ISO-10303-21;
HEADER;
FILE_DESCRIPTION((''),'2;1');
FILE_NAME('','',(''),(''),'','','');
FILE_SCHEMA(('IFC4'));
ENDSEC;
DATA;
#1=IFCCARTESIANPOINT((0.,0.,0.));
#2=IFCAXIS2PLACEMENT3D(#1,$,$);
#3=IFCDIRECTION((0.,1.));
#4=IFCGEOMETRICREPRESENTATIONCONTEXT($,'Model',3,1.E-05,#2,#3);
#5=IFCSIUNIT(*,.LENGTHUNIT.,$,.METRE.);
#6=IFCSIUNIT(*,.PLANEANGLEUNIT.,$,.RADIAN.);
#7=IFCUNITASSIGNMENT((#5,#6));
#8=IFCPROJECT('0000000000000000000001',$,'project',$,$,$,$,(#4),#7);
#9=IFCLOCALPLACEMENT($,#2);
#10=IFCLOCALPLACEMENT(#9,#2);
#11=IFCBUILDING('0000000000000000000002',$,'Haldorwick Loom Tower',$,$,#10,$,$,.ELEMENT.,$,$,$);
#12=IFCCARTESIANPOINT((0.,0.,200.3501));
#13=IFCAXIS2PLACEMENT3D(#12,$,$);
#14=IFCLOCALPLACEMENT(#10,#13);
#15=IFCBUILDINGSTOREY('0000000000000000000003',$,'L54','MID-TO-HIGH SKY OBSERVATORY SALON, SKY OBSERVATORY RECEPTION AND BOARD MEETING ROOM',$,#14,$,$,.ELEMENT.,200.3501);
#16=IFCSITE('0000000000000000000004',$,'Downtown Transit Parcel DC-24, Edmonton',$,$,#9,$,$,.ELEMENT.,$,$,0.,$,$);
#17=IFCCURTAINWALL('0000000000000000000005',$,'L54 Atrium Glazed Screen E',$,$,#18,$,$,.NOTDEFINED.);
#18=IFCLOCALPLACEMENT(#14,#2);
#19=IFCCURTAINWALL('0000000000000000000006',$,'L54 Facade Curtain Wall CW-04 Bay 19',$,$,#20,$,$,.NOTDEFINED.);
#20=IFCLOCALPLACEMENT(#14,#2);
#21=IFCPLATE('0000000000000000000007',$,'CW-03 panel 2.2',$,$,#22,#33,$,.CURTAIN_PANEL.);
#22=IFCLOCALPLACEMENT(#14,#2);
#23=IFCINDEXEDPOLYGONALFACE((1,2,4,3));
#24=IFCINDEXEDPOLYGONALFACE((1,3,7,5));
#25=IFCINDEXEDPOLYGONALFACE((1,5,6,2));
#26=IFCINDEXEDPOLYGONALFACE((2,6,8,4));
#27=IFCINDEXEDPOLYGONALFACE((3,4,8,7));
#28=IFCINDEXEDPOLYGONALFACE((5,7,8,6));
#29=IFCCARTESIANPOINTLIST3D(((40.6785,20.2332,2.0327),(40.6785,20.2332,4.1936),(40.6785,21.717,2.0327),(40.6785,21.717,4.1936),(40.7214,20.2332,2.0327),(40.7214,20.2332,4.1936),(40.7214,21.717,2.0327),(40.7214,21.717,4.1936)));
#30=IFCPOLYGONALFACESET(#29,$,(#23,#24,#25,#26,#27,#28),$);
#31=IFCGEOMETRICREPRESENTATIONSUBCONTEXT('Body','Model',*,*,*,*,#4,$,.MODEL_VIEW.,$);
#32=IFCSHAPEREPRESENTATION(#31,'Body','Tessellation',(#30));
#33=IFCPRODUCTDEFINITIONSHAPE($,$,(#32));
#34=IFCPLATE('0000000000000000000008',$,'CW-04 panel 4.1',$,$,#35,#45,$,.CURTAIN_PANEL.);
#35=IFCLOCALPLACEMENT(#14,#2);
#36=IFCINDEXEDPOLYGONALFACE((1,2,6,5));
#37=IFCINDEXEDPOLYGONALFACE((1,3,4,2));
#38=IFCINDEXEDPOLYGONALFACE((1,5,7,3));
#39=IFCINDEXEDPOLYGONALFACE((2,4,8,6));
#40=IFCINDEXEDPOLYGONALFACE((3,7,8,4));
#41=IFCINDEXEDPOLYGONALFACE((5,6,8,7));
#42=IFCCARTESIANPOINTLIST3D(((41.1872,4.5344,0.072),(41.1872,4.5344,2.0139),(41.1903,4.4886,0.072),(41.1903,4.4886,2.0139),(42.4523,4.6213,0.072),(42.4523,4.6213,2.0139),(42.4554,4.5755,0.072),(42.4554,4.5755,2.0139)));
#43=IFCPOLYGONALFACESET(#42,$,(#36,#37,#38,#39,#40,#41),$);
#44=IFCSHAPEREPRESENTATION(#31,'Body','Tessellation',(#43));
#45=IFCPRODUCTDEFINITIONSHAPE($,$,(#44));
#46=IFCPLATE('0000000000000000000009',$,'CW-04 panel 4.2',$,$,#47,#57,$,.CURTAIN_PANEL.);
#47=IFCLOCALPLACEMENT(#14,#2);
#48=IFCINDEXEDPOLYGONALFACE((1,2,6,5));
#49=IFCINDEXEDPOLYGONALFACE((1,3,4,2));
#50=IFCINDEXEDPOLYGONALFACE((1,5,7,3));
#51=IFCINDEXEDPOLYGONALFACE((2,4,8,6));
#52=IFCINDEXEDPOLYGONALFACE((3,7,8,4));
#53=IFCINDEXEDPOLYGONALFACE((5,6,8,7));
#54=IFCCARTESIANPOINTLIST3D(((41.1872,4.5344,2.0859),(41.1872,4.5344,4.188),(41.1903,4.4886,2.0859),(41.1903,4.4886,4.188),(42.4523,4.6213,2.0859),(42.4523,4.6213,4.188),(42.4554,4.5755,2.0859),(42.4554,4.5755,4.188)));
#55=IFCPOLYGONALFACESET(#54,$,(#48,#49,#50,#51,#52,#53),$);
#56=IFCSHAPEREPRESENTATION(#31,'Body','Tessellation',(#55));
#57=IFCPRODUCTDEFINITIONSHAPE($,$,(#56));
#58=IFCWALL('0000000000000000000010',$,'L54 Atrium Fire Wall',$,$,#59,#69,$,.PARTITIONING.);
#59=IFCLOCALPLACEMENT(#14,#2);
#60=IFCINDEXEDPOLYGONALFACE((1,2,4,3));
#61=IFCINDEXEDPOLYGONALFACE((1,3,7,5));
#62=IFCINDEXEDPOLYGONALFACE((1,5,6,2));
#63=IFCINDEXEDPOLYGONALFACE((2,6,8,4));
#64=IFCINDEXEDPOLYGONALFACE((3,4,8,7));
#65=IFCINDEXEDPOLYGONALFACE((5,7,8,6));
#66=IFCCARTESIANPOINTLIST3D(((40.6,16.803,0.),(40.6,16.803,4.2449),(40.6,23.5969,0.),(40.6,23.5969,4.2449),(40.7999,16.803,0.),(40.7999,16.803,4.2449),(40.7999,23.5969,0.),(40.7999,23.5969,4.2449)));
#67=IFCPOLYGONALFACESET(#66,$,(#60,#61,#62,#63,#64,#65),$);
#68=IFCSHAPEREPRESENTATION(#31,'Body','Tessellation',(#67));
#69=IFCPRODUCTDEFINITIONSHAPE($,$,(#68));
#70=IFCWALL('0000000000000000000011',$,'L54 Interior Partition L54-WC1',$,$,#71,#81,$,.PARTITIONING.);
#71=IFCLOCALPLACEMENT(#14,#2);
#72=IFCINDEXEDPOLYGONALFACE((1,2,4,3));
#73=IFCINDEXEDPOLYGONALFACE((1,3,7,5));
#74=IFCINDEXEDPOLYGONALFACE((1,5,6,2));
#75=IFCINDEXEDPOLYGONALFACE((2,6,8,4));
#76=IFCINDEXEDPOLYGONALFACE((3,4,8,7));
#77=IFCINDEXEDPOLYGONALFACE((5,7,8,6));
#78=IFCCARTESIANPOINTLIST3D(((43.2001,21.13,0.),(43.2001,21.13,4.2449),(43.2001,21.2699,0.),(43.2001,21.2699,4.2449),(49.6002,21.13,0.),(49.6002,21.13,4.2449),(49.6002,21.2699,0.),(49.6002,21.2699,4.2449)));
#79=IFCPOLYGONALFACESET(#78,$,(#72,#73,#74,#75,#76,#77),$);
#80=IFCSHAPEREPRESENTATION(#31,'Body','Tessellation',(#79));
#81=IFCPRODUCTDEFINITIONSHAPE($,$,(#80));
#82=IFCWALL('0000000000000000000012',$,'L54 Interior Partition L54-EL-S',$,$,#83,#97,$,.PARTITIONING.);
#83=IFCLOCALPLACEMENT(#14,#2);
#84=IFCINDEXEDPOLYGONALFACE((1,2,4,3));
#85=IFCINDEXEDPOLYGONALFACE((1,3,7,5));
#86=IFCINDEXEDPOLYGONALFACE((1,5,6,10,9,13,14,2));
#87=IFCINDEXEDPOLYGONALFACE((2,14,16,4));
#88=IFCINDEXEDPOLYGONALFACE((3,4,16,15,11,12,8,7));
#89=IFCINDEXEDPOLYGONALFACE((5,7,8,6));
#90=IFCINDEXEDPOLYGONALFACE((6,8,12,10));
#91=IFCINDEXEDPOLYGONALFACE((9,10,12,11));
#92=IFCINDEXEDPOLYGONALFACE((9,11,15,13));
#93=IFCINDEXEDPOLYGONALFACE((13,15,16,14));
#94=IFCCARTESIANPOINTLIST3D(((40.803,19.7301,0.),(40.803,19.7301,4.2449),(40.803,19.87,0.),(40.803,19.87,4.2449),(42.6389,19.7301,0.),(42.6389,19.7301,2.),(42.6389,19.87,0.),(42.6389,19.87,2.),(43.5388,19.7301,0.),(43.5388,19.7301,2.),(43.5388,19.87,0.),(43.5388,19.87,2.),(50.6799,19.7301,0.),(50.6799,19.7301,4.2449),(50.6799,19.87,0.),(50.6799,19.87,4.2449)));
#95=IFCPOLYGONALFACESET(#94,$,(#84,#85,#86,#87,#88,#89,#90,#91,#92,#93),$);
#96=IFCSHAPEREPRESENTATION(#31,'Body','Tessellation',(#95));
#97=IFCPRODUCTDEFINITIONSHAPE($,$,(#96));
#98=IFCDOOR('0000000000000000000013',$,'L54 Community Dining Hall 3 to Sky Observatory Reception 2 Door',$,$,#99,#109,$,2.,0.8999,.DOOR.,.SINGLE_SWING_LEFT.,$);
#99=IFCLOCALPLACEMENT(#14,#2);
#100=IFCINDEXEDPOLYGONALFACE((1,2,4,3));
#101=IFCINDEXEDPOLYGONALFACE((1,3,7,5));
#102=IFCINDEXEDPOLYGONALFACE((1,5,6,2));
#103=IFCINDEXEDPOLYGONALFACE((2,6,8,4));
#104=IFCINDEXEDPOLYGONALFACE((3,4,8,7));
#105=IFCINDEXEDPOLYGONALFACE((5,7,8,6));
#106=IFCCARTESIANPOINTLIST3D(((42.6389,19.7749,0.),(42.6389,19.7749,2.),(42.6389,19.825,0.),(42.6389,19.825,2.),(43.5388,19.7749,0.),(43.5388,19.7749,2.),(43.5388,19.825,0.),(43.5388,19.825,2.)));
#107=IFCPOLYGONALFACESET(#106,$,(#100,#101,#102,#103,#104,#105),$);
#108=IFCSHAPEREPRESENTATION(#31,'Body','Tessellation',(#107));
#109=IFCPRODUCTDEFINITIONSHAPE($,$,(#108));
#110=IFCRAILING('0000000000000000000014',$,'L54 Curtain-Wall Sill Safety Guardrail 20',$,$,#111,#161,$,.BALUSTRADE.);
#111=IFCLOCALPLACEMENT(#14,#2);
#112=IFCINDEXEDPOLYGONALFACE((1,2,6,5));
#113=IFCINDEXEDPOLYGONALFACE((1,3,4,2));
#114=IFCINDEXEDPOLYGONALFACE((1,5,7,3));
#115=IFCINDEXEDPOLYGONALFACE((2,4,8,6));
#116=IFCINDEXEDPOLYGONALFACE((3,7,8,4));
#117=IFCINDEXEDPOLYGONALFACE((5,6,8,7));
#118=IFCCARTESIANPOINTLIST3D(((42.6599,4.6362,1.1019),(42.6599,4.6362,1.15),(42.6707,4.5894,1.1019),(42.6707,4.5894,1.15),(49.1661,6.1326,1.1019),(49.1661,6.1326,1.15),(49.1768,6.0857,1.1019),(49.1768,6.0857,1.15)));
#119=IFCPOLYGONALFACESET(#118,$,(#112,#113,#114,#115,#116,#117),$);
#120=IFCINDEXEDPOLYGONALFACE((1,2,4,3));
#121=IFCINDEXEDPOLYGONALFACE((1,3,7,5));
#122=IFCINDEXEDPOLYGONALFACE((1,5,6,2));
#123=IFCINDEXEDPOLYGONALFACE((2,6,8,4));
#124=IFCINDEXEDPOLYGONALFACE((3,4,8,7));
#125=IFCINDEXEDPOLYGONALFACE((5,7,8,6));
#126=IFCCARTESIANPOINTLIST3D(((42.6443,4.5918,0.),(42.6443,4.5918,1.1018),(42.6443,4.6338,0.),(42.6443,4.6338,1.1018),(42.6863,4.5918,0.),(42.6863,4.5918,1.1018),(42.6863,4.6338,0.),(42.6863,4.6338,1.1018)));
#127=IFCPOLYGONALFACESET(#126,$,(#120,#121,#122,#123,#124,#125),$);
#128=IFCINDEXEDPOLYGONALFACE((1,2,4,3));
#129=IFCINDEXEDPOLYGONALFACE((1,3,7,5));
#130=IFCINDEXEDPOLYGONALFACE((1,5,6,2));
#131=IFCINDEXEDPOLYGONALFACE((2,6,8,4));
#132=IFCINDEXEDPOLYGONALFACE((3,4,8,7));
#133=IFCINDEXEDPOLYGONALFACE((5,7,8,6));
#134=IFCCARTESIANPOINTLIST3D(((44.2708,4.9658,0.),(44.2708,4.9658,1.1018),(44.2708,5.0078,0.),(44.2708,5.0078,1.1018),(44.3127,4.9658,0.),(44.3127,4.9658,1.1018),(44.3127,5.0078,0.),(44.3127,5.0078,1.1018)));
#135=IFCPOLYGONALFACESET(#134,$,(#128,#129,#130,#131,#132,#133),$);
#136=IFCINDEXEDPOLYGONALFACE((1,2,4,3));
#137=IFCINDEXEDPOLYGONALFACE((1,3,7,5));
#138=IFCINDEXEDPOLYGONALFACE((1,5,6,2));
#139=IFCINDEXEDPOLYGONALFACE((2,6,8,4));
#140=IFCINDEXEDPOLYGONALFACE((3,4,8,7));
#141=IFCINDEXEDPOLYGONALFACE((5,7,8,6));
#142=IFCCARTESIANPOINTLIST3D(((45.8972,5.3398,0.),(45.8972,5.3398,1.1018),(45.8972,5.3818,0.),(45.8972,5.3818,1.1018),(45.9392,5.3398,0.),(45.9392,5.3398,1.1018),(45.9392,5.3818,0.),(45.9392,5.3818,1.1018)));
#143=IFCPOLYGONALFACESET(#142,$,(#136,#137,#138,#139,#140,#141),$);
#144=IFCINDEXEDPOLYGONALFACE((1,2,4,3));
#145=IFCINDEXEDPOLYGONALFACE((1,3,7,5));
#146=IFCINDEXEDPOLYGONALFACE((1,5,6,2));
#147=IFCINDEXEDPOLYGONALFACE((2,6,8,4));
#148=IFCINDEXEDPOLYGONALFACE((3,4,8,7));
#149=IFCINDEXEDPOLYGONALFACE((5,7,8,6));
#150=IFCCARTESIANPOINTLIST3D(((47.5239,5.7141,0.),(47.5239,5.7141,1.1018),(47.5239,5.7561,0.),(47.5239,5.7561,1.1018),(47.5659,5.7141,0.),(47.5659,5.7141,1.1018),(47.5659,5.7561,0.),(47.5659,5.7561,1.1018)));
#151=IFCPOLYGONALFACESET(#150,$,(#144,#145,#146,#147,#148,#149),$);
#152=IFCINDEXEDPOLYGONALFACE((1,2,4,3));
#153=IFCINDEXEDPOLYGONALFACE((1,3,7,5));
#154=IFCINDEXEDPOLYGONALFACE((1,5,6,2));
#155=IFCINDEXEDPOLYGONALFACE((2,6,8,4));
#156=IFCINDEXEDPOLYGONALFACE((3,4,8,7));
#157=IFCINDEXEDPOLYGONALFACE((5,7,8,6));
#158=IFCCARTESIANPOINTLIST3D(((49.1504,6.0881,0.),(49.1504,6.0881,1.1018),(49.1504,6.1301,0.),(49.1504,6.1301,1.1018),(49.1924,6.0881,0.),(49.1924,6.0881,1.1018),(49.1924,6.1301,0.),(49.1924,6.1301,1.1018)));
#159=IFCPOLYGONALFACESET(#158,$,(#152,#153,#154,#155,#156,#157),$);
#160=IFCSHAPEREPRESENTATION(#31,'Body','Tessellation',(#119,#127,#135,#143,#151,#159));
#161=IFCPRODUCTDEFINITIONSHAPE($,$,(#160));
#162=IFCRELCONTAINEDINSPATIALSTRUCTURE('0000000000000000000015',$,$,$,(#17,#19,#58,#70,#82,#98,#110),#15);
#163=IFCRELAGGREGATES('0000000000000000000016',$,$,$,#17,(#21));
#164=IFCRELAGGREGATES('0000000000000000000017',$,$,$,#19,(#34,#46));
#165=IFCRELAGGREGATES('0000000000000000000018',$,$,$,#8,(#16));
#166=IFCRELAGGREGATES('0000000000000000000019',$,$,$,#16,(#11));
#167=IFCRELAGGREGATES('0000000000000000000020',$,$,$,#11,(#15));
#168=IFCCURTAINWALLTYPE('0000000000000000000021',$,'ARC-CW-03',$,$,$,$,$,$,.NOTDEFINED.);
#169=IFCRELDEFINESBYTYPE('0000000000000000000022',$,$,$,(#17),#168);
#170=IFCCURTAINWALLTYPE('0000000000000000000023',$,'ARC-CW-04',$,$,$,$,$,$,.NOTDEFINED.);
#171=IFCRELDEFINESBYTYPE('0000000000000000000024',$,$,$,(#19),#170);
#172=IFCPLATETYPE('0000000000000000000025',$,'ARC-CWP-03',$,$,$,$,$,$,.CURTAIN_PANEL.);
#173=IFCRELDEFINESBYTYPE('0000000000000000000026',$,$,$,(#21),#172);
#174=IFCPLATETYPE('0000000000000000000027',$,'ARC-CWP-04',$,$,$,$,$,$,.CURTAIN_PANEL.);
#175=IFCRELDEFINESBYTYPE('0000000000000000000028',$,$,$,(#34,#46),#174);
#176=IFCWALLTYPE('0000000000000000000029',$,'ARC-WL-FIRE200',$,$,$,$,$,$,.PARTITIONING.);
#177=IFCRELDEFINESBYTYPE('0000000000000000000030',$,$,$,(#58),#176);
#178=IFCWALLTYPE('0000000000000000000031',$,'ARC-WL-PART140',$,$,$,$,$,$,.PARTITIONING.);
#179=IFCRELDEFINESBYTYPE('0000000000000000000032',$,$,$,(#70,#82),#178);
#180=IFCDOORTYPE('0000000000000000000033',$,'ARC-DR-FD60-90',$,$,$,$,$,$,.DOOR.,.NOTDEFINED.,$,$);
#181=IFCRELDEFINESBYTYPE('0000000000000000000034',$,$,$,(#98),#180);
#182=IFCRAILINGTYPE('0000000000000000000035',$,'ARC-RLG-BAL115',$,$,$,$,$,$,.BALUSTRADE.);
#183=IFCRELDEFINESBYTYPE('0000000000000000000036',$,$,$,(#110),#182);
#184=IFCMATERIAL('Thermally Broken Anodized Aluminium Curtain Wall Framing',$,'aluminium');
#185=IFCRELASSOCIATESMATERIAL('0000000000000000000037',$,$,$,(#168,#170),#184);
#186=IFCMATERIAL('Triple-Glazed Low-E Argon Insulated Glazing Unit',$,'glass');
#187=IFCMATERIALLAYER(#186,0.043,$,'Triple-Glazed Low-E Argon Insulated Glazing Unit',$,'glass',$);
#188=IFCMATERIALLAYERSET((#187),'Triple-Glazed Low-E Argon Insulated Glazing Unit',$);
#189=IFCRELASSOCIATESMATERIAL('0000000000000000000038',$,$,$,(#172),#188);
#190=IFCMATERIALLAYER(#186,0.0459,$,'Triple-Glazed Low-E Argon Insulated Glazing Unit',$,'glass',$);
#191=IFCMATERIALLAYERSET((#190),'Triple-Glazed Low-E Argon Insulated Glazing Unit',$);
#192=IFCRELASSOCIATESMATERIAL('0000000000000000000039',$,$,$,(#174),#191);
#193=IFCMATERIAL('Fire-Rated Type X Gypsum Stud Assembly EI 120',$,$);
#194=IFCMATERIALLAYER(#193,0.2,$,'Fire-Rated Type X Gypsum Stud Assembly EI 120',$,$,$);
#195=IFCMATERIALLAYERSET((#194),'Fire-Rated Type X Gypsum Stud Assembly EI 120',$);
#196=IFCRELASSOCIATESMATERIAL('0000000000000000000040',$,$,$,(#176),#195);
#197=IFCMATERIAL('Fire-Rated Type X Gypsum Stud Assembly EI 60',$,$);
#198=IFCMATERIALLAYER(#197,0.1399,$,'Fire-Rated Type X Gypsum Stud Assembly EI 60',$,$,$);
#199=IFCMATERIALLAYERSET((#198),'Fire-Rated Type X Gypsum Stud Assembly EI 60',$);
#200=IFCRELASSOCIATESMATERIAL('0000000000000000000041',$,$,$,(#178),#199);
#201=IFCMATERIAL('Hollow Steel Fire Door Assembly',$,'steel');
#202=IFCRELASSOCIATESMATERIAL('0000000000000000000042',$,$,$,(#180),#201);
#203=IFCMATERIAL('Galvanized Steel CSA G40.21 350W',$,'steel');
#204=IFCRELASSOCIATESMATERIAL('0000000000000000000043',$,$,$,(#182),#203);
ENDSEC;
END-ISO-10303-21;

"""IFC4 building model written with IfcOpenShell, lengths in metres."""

from ifc_helpers import new_model, si_unit, direction, frame, frame_2d, origin, origin_2d, place, context, subcontext, project, spatial, rectangle, extrude, material, layer, layer_set, type_object, element, fill, aggregate, save


model = new_model("IFC4")

# Units and contexts
model_context = context("Model", 3, precision=1e-05, world=origin(), true_north=direction((0.0, 1.0)))
body_context = subcontext(model_context, "Body", "Model", "MODEL_VIEW")
ifc_project = project(units=[si_unit("LENGTHUNIT", "METRE"), si_unit("PLANEANGLEUNIT", "RADIAN")], contexts=[model_context])

# Site, building, storey
site_placement = place(None, origin())
site = spatial("IfcSite", under=ifc_project, at=site_placement, Name="Downtown Transit Parcel DC-24, Edmonton", CompositionType="ELEMENT", RefElevation=0.0)
building_placement = place(site_placement, origin())
building = spatial("IfcBuilding", under=site, at=building_placement, Name="Haldorwick Loom Tower", CompositionType="ELEMENT")
storey_placement = place(building_placement, frame((0.0, 0.0, 200.3501)))
storey = spatial("IfcBuildingStorey", under=building, at=storey_placement, Name="L54", Description="MID-TO-HIGH SKY OBSERVATORY SALON, SKY OBSERVATORY RECEPTION AND BOARD MEETING ROOM", CompositionType="ELEMENT", Elevation=200.3501)

# Curtain walls
ifc_material_1 = material(Name="Thermally Broken Anodized Aluminium Curtain Wall Framing", Category="aluminium")
curtain_wall_type_1 = type_object("IfcCurtainWallType", Name="ARC-CW-03", PredefinedType="NOTDEFINED", material=ifc_material_1)
curtain_wall_1_placement = place(storey_placement, origin())
curtain_wall_1 = element("IfcCurtainWall", 1, at=curtain_wall_1_placement, inside=storey, type_object=curtain_wall_type_1, Name="L54 Atrium Glazed Screen E", PredefinedType="NOTDEFINED")
curtain_wall_type_2 = type_object("IfcCurtainWallType", Name="ARC-CW-04", PredefinedType="NOTDEFINED", material=ifc_material_1)
curtain_wall_2_placement = place(storey_placement, origin())
curtain_wall_2 = element("IfcCurtainWall", 2, at=curtain_wall_2_placement, inside=storey, type_object=curtain_wall_type_2, Name="L54 Facade Curtain Wall CW-04 Bay 19", PredefinedType="NOTDEFINED")

# Plates
ifc_material_2 = material(Name="Triple-Glazed Low-E Argon Insulated Glazing Unit", Category="glass")
ifc_layer_1 = layer(ifc_material_2, 0.043, Name="Triple-Glazed Low-E Argon Insulated Glazing Unit", Category="glass")
ifc_layer_set_1 = layer_set([ifc_layer_1], Name="Triple-Glazed Low-E Argon Insulated Glazing Unit")
plate_type_1 = type_object("IfcPlateType", Name="ARC-CWP-03", PredefinedType="CURTAIN_PANEL", material=ifc_layer_set_1)
plate_1_placement = place(storey_placement, frame((40.7, 20.9751, 2.0327), z_axis=(0.0, 0.0, 1.0), x_axis=(0.0, -1.0, 0.0)))
plate_1 = element("IfcPlate", 3, at=plate_1_placement, type_object=plate_type_1, Name="CW-03 panel 2.2", PredefinedType="CURTAIN_PANEL", context=body_context, shape_type="SweptSolid", body=[
    extrude(rectangle(XDim=1.4839, YDim=0.043, at=origin_2d()), origin(), (0.0, 0.0, 1.0), 2.1609),
])
aggregate(curtain_wall_1, [plate_1])
ifc_layer_2 = layer(ifc_material_2, 0.0459, Name="Triple-Glazed Low-E Argon Insulated Glazing Unit", Category="glass")
ifc_layer_set_2 = layer_set([ifc_layer_2], Name="Triple-Glazed Low-E Argon Insulated Glazing Unit")
plate_type_2 = type_object("IfcPlateType", Name="ARC-CWP-04", PredefinedType="CURTAIN_PANEL", material=ifc_layer_set_2)
plate_2_placement = place(storey_placement, frame((41.8213, 4.5549, 0.072), z_axis=(0.0, 0.0, 1.0), x_axis=(0.99765, 0.068513, 0.0)))
plate_2 = element("IfcPlate", 4, at=plate_2_placement, type_object=plate_type_2, Name="CW-04 panel 4.1", PredefinedType="CURTAIN_PANEL", context=body_context, shape_type="SweptSolid", body=[
    extrude(rectangle(XDim=1.2681, YDim=0.0459, at=origin_2d()), origin(), (0.0, 0.0, 1.0), 1.9419),
])
plate_3_placement = place(storey_placement, frame((41.8213, 4.5549, 2.0859), z_axis=(0.0, 0.0, 1.0), x_axis=(0.99765, 0.068513, 0.0)))
plate_3 = element("IfcPlate", 5, at=plate_3_placement, type_object=plate_type_2, Name="CW-04 panel 4.2", PredefinedType="CURTAIN_PANEL", context=body_context, shape_type="SweptSolid", body=[
    extrude(rectangle(XDim=1.2681, YDim=0.0459, at=origin_2d()), origin(), (0.0, 0.0, 1.0), 2.1021),
])
aggregate(curtain_wall_2, [plate_2, plate_3])

# Walls
ifc_material_3 = material(Name="Fire-Rated Type X Gypsum Stud Assembly EI 120")
ifc_layer_3 = layer(ifc_material_3, 0.2, Name="Fire-Rated Type X Gypsum Stud Assembly EI 120")
ifc_layer_set_3 = layer_set([ifc_layer_3], Name="Fire-Rated Type X Gypsum Stud Assembly EI 120")
wall_type_1 = type_object("IfcWallType", Name="ARC-WL-FIRE200", PredefinedType="PARTITIONING", material=ifc_layer_set_3)
wall_1_placement = place(storey_placement, frame((40.7, 23.5969, 0.0), z_axis=(0.0, 0.0, 1.0), x_axis=(0.0, -1.0, 0.0)))
element("IfcWall", 6, at=wall_1_placement, inside=storey, type_object=wall_type_1, Name="L54 Atrium Fire Wall", PredefinedType="PARTITIONING", context=body_context, shape_type="SweptSolid", body=[
    extrude(rectangle(XDim=6.7939, YDim=0.2, at=frame_2d((3.397, 0.0))), origin(), (0.0, 0.0, 1.0), 4.2449),
])
ifc_material_4 = material(Name="Fire-Rated Type X Gypsum Stud Assembly EI 60")
ifc_layer_4 = layer(ifc_material_4, 0.1399, Name="Fire-Rated Type X Gypsum Stud Assembly EI 60")
ifc_layer_set_4 = layer_set([ifc_layer_4], Name="Fire-Rated Type X Gypsum Stud Assembly EI 60")
wall_type_2 = type_object("IfcWallType", Name="ARC-WL-PART140", PredefinedType="PARTITIONING", material=ifc_layer_set_4)
wall_2_placement = place(storey_placement, frame((43.2, 21.2, 0.0), z_axis=(0.0, 0.0, 1.0), x_axis=(1.0, 0.0, 0.0)))
element("IfcWall", 7, at=wall_2_placement, inside=storey, type_object=wall_type_2, Name="L54 Interior Partition L54-WC1", PredefinedType="PARTITIONING", context=body_context, shape_type="SweptSolid", body=[
    extrude(rectangle(XDim=6.4001, YDim=0.1399, at=frame_2d((3.2002, 0.0))), origin(), (0.0, 0.0, 1.0), 4.2449),
])

# Wall, opening, door
wall_3_placement = place(storey_placement, frame((40.803, 19.8, 0.0), z_axis=(0.0, 0.0, 1.0), x_axis=(1.0, 0.0, 0.0)))
wall_3 = element("IfcWall", 8, at=wall_3_placement, inside=storey, type_object=wall_type_2, Name="L54 Interior Partition L54-EL-S", PredefinedType="PARTITIONING", context=body_context, shape_type="SweptSolid", body=[
    extrude(rectangle(XDim=9.877, YDim=0.1399, at=frame_2d((4.9385, 0.0))), origin(), (0.0, 0.0, 1.0), 4.2449),
])
opening_placement = place(wall_3_placement, frame((1.8359, 0.0, 0.0)))
opening = element("IfcOpeningElement", 9, at=opening_placement, cuts=wall_3, PredefinedType="OPENING", context=body_context, shape_type="SweptSolid", body=[
    extrude(rectangle(XDim=0.8999, YDim=2.0, at=frame_2d((0.45, 1.0))), frame((0.0, 0.0798, 0.0), z_axis=(0.0, -1.0, 0.0), x_axis=(1.0, 0.0, 0.0)), (0.0, 0.0, 1.0), 0.1599),
])
ifc_material_5 = material(Name="Hollow Steel Fire Door Assembly", Category="steel")
door_type = type_object("IfcDoorType", Name="ARC-DR-FD60-90", OperationType="NOTDEFINED", PredefinedType="DOOR", material=ifc_material_5)
door_placement = place(opening_placement, origin())
door = element("IfcDoor", 10, at=door_placement, inside=storey, type_object=door_type, Name="L54 Community Dining Hall 3 to Sky Observatory Reception 2 Door", OperationType="SINGLE_SWING_LEFT", OverallHeight=2.0, OverallWidth=0.8999, PredefinedType="DOOR", context=body_context, shape_type="SweptSolid", body=[
    extrude(rectangle(XDim=0.8999, YDim=2.0, at=frame_2d((0.45, 1.0))), frame((0.0, 0.0249, 0.0), z_axis=(0.0, -1.0, 0.0), x_axis=(1.0, 0.0, 0.0)), (0.0, 0.0, 1.0), 0.05),
])
fill(opening, door)

# Railing
ifc_material_6 = material(Name="Galvanized Steel CSA G40.21 350W", Category="steel")
railing_type = type_object("IfcRailingType", Name="ARC-RLG-BAL115", PredefinedType="BALUSTRADE", material=ifc_material_6)
railing_placement = place(storey_placement, frame((42.6653, 4.6128, 0.0)))
element("IfcRailing", 11, at=railing_placement, inside=storey, type_object=railing_type, Name="L54 Curtain-Wall Sill Safety Guardrail 20", PredefinedType="BALUSTRADE", context=body_context, shape_type="SweptSolid", body=[
    extrude(rectangle(XDim=0.0481, YDim=0.0481, at=origin_2d()), frame((0.0, 0.0, 1.126), z_axis=(0.974557, 0.224138, 0.0), x_axis=(-0.224138, 0.974557, 0.0)), (0.0, 0.0, 1.0), 6.676),
    extrude(rectangle(XDim=0.042, YDim=0.042, at=origin_2d()), origin(), (0.0, 0.0, 1.0), 1.1018),
    extrude(rectangle(XDim=0.042, YDim=0.042, at=origin_2d()), frame((1.6265, 0.374, 0.0)), (0.0, 0.0, 1.0), 1.1018),
    extrude(rectangle(XDim=0.042, YDim=0.042, at=origin_2d()), frame((3.2529, 0.748, 0.0)), (0.0, 0.0, 1.0), 1.1018),
    extrude(rectangle(XDim=0.042, YDim=0.042, at=origin_2d()), frame((4.8796, 1.1223, 0.0)), (0.0, 0.0, 1.0), 1.1018),
    extrude(rectangle(XDim=0.042, YDim=0.042, at=origin_2d()), frame((6.5061, 1.4963, 0.0)), (0.0, 0.0, 1.0), 1.1018),
])

save(model, "model.ifc")
